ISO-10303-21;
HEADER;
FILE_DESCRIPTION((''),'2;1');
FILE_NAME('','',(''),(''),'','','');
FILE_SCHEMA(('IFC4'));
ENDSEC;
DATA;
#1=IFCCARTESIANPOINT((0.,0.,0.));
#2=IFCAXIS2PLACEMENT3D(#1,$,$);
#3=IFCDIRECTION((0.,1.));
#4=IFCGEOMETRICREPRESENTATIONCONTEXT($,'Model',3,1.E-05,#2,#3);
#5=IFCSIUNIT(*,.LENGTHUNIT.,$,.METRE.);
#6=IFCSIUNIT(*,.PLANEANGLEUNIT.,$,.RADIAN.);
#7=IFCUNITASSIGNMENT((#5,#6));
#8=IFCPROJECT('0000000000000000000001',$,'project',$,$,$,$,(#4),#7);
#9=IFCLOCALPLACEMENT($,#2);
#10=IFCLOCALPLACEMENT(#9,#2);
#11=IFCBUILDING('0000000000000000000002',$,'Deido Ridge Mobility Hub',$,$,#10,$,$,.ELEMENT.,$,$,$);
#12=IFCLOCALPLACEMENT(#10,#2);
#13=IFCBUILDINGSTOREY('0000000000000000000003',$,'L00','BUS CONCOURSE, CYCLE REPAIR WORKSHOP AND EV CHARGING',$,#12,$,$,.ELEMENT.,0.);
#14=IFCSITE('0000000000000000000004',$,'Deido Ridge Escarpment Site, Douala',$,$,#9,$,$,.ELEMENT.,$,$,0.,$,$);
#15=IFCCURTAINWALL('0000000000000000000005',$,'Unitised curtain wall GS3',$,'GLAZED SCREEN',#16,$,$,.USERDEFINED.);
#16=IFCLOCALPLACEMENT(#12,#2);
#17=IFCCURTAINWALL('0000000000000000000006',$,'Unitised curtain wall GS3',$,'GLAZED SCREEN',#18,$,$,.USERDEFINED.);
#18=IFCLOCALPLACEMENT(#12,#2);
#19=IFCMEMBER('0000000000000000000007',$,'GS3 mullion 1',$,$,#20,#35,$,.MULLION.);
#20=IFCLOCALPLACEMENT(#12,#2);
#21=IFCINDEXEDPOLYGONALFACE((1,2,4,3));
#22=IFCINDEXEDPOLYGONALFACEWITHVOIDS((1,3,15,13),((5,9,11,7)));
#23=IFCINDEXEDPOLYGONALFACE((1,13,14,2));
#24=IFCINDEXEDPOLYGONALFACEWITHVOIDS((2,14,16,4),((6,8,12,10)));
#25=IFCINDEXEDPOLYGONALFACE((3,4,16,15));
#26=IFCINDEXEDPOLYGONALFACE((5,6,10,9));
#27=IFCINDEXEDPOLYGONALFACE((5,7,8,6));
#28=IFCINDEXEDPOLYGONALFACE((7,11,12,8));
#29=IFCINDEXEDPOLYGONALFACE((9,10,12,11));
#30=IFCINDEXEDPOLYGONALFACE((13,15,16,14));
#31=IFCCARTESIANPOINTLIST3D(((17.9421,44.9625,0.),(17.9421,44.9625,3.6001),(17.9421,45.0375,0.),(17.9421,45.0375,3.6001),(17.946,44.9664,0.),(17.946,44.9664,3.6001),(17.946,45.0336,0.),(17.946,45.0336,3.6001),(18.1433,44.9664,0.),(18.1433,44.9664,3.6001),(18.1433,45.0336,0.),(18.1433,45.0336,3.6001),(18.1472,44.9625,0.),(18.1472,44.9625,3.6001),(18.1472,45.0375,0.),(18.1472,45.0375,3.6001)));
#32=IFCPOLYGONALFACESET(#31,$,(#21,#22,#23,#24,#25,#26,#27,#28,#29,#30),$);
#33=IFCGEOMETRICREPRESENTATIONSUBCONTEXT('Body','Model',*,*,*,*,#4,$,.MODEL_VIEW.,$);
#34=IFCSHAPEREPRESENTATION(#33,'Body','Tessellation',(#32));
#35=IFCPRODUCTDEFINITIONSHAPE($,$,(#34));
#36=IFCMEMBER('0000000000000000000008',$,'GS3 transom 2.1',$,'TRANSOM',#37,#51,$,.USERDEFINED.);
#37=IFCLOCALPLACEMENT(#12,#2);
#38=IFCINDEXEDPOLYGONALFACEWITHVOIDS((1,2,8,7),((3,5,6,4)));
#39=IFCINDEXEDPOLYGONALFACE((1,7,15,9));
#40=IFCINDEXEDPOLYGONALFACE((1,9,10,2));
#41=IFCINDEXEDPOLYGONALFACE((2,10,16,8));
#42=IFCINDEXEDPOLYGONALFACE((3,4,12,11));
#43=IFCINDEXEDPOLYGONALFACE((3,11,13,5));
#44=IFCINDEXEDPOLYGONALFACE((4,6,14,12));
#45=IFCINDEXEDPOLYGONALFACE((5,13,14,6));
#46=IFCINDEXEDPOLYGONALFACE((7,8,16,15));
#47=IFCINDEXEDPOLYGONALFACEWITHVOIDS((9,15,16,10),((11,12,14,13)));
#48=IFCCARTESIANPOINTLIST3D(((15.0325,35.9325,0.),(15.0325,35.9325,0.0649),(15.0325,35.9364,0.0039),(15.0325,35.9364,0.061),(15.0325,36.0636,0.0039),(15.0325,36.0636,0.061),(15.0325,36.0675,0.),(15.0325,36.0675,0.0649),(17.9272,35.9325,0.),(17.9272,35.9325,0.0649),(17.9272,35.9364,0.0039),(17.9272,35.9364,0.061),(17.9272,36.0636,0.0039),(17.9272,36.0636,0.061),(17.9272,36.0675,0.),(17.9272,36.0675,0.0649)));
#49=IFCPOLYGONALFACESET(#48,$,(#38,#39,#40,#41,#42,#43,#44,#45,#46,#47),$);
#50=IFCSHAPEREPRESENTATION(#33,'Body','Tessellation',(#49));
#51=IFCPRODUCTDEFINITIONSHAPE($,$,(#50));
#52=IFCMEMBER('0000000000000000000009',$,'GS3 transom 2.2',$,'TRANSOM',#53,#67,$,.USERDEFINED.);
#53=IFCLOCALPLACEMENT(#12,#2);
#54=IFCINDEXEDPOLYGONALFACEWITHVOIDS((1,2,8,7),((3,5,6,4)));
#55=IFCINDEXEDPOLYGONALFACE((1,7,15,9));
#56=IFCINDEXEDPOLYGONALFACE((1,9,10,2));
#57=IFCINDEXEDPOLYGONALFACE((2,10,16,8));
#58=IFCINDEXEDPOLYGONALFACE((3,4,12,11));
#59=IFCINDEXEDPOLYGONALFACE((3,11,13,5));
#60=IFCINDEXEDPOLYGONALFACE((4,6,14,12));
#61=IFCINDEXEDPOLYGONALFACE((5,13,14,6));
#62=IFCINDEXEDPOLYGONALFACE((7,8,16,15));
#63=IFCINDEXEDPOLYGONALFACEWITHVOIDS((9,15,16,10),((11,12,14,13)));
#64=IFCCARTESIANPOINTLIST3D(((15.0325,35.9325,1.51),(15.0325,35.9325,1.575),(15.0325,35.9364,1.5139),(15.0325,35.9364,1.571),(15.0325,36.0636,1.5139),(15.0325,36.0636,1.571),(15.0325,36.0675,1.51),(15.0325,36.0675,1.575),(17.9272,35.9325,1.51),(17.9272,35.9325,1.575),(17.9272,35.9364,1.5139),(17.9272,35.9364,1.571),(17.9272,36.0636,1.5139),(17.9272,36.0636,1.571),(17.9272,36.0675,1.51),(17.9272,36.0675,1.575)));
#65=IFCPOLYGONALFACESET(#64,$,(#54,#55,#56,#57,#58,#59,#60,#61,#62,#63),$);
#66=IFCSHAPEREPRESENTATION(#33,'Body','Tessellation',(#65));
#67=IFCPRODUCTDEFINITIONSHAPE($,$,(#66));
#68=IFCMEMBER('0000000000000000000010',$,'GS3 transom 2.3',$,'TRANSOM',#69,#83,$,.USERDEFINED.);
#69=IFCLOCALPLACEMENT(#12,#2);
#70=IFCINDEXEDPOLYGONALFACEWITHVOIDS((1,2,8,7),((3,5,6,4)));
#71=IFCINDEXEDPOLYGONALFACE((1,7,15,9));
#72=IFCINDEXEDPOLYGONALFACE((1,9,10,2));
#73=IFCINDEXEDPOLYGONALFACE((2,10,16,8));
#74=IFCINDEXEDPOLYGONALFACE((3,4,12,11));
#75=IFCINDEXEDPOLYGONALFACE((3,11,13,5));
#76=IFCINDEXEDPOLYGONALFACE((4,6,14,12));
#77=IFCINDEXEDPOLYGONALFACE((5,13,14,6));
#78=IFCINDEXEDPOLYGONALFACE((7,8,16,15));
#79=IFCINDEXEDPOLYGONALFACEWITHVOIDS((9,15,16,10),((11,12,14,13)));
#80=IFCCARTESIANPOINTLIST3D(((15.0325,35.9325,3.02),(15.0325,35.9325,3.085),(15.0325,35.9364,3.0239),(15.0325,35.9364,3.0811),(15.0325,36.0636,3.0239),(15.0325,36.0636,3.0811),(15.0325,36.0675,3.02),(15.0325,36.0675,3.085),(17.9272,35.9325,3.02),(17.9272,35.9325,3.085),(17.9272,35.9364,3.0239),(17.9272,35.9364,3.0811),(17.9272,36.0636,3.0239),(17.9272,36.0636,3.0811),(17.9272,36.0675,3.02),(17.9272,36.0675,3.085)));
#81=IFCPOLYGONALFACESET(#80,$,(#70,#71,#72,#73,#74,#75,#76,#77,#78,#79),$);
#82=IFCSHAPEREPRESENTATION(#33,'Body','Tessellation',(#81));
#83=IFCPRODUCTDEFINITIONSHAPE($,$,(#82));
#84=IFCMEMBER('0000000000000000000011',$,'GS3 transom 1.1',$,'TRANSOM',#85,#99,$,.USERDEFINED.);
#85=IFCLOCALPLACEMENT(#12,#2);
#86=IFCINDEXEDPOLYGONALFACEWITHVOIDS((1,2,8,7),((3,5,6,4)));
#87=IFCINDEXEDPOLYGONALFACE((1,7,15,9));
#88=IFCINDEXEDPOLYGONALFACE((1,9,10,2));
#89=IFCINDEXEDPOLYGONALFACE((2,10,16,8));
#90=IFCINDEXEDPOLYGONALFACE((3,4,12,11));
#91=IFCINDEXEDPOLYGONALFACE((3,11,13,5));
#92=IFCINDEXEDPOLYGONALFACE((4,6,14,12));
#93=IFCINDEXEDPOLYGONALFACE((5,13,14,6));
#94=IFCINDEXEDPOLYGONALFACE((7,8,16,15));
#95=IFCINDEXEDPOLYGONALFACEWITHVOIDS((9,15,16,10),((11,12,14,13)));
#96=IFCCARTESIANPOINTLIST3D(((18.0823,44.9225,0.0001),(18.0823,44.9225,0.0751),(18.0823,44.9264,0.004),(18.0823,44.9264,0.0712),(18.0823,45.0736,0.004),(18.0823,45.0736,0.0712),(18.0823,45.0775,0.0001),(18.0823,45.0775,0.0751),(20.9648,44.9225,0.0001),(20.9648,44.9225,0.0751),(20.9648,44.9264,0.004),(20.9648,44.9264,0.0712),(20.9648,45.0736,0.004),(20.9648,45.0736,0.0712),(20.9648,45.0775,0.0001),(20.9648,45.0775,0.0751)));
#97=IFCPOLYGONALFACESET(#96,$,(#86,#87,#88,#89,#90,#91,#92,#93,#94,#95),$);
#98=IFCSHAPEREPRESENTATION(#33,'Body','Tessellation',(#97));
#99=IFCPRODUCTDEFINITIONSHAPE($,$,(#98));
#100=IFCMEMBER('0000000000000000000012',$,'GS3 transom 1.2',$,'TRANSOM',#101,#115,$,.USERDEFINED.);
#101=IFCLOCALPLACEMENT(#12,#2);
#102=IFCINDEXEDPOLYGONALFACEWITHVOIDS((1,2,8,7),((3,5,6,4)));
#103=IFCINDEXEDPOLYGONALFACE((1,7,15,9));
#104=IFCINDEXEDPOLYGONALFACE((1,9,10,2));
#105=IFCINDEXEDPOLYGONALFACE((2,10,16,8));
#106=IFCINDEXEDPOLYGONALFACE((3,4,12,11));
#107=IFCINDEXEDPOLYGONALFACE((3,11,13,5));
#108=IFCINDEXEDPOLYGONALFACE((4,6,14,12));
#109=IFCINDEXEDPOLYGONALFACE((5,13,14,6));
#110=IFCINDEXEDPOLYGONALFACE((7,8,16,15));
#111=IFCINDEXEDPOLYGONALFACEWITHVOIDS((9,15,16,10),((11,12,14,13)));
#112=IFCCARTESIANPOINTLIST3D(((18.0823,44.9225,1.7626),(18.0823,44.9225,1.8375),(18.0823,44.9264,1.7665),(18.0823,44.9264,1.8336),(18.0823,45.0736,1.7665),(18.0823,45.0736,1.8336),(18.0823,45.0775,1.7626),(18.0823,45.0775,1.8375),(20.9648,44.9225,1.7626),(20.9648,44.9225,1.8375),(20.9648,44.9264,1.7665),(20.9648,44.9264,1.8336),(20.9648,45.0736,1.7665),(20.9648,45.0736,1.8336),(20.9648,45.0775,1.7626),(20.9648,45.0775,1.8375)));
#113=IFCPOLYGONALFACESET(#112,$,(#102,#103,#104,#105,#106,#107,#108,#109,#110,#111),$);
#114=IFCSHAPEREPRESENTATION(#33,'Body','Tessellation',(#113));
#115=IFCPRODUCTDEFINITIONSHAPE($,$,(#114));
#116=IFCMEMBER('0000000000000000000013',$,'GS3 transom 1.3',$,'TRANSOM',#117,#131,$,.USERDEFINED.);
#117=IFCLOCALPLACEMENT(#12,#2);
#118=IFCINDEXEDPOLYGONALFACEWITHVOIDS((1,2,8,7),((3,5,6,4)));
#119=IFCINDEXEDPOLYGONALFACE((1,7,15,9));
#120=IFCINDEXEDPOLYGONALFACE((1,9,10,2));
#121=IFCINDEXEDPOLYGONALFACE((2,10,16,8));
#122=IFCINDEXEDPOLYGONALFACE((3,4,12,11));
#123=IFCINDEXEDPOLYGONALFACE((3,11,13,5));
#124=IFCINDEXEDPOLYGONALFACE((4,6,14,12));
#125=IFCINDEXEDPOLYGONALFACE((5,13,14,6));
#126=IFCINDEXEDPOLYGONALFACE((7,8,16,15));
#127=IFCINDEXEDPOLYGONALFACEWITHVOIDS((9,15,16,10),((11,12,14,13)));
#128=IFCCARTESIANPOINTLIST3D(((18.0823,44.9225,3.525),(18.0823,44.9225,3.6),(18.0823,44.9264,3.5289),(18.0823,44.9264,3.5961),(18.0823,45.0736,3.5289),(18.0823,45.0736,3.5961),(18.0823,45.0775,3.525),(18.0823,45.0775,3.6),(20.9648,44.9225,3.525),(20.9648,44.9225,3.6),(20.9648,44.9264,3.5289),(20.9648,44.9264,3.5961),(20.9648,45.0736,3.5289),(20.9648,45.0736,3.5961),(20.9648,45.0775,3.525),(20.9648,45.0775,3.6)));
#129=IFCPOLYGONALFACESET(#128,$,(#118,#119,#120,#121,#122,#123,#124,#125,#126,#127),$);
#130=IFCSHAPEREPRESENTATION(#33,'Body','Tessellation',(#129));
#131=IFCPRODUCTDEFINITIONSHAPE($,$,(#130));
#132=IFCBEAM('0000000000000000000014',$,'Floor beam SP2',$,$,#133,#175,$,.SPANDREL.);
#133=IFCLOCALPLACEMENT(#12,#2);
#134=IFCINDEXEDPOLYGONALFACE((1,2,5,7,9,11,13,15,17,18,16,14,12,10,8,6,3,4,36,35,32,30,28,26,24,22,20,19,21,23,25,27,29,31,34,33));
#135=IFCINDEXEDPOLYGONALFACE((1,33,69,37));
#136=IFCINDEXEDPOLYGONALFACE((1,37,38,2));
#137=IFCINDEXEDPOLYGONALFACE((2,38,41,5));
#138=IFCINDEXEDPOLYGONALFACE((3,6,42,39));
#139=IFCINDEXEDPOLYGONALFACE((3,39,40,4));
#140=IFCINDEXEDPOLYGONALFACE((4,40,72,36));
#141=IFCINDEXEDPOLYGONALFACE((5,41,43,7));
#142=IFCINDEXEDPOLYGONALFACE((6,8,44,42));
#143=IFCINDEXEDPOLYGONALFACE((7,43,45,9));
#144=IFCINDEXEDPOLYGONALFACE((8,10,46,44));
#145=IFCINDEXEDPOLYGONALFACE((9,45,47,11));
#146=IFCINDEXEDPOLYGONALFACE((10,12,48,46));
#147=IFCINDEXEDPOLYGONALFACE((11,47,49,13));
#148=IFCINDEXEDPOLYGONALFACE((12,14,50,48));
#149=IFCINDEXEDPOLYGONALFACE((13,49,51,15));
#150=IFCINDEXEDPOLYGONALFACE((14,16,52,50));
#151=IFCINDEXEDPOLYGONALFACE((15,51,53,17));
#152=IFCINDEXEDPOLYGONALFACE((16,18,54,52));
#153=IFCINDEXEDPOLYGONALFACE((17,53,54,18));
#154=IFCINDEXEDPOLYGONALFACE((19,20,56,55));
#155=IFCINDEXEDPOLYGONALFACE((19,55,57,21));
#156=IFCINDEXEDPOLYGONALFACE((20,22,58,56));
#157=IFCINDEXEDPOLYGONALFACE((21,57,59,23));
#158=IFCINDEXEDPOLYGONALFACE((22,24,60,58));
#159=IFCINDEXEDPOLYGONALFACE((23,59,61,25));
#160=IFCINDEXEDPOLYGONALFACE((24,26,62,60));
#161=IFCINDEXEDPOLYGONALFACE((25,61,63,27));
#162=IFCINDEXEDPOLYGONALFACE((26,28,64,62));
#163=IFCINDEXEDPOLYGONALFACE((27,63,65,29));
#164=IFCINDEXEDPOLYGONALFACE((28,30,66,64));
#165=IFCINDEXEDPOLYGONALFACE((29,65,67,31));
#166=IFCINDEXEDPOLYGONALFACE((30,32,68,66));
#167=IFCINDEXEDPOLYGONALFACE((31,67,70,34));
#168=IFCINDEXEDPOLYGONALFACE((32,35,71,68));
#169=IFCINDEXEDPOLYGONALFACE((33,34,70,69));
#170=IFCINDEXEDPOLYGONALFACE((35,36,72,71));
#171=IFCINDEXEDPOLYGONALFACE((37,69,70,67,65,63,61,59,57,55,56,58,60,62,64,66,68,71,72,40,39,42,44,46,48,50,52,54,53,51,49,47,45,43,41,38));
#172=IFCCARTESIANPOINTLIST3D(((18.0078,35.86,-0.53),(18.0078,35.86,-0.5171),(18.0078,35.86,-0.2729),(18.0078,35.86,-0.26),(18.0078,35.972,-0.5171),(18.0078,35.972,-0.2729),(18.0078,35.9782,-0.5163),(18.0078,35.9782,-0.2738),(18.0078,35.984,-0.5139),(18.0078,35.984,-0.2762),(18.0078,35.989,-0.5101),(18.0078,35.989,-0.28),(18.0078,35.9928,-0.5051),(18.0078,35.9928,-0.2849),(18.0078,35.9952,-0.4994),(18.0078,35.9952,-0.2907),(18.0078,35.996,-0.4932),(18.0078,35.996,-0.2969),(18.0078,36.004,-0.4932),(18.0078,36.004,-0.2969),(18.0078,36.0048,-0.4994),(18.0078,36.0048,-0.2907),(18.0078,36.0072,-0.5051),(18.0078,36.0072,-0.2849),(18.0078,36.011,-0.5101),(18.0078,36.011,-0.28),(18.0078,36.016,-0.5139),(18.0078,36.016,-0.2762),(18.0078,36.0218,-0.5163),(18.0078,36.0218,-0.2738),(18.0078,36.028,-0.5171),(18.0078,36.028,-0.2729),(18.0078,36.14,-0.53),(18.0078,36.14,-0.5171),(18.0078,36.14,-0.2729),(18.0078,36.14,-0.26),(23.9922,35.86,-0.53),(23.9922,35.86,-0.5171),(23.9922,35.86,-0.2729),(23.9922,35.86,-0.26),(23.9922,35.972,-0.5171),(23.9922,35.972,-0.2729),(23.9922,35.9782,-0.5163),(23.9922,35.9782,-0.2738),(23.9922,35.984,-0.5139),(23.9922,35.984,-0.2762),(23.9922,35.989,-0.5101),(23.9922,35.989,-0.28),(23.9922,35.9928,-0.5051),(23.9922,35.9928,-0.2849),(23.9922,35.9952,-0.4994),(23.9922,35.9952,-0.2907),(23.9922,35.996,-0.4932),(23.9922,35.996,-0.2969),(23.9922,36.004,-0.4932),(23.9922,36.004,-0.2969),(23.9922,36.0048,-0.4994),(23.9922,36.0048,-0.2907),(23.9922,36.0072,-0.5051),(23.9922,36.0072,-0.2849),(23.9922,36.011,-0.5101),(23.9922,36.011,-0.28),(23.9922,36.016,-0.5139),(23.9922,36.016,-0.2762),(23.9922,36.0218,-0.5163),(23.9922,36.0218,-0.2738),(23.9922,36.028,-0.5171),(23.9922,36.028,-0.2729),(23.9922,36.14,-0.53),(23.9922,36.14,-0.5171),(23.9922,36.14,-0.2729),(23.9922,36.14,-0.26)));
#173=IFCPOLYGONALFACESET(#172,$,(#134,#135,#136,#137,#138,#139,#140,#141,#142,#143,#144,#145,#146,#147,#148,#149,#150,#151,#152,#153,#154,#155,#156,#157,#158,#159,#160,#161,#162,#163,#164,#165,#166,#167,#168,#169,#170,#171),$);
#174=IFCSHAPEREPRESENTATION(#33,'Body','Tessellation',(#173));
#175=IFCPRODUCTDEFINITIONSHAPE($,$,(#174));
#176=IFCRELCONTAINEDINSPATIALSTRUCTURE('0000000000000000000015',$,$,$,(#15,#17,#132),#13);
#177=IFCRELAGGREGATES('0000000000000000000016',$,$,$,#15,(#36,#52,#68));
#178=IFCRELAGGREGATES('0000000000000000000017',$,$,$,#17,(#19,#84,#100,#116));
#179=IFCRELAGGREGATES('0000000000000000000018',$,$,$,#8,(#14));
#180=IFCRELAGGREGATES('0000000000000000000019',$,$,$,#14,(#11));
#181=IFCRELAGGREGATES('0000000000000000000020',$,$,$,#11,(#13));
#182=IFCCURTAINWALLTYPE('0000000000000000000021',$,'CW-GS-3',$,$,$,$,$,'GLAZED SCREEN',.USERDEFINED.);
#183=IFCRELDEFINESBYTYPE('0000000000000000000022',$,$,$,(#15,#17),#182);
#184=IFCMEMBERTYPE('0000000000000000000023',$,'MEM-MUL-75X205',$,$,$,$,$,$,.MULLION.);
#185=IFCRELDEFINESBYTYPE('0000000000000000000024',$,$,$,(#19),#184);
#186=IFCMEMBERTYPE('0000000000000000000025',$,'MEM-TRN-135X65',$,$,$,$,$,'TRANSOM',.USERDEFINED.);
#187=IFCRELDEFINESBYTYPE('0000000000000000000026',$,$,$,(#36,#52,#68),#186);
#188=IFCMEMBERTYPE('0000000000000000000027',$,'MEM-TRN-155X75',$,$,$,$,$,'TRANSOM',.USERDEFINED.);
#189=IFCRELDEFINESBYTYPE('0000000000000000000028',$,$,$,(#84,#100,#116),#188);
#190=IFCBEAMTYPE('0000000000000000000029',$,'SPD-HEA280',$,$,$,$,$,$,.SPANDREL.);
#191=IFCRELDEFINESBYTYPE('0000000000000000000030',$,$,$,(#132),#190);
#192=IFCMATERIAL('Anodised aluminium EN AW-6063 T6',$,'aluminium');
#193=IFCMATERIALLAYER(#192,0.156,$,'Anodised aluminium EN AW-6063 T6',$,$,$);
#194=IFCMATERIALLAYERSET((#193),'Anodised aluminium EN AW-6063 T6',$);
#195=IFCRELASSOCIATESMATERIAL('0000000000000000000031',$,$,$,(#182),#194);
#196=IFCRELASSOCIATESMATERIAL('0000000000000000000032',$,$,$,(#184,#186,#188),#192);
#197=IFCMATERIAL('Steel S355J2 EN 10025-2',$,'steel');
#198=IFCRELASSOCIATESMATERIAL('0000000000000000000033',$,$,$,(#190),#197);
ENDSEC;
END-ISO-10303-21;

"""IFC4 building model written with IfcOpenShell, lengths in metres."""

from ifc_helpers import new_model, si_unit, direction, frame, origin, origin_2d, place, context, subcontext, project, spatial, hollow_rectangle, i_section, extrude, material, layer, layer_set, material_profile, profile_set, type_object, element, aggregate, save


model = new_model("IFC4")

# Units and contexts
model_context = context("Model", 3, precision=1e-05, world=origin(), true_north=direction((0.0, 1.0)))
body_context = subcontext(model_context, "Body", "Model", "MODEL_VIEW")
ifc_project = project(units=[si_unit("LENGTHUNIT", "METRE"), si_unit("PLANEANGLEUNIT", "RADIAN")], contexts=[model_context])

# Site, building, storey
site_placement = place(None, origin())
site = spatial("IfcSite", under=ifc_project, at=site_placement, Name="Deido Ridge Escarpment Site, Douala", CompositionType="ELEMENT", RefElevation=0.0)
building_placement = place(site_placement, origin())
building = spatial("IfcBuilding", under=site, at=building_placement, Name="Deido Ridge Mobility Hub", CompositionType="ELEMENT")
storey_placement = place(building_placement, origin())
storey = spatial("IfcBuildingStorey", under=building, at=storey_placement, Name="L00", Description="BUS CONCOURSE, CYCLE REPAIR WORKSHOP AND EV CHARGING", CompositionType="ELEMENT", Elevation=0.0)

# Shared definitions
ifc_material_1 = material(Name="Steel S355J2 EN 10025-2", Category="steel")

# Curtain wall
ifc_material_2 = material(Name="Anodised aluminium EN AW-6063 T6", Category="aluminium")
ifc_layer_1 = layer(ifc_material_2, 0.156, Name="Anodised aluminium EN AW-6063 T6")
ifc_layer_set_1 = layer_set([ifc_layer_1], Name="Anodised aluminium EN AW-6063 T6")
curtain_wall_type = type_object("IfcCurtainWallType", Name="CW-GS-3", ElementType="GLAZED SCREEN", PredefinedType="USERDEFINED", material=ifc_layer_set_1)
curtain_wall_1_placement = place(storey_placement, origin())
curtain_wall_1 = element("IfcCurtainWall", 1, at=curtain_wall_1_placement, inside=storey, type_object=curtain_wall_type, Name="Unitised curtain wall GS3", ObjectType="GLAZED SCREEN", PredefinedType="USERDEFINED")

# Curtain wall, member
curtain_wall_2_placement = place(storey_placement, origin())
curtain_wall_2 = element("IfcCurtainWall", 2, at=curtain_wall_2_placement, inside=storey, type_object=curtain_wall_type, Name="Unitised curtain wall GS3", ObjectType="GLAZED SCREEN", PredefinedType="USERDEFINED")
ifc_material_profile_1 = material_profile(ifc_material_2, hollow_rectangle(XDim=0.075, YDim=0.2051, WallThickness=0.0039, at=origin_2d()), Name="RHS 75x205x4")
ifc_profile_set_1 = profile_set([ifc_material_profile_1], Name="Anodised aluminium EN AW-6063 T6")
member_type_1 = type_object("IfcMemberType", Name="MEM-MUL-75X205", PredefinedType="MULLION", material=ifc_profile_set_1)
member_1_placement = place(storey_placement, frame((18.0447, 45.0, 0.0), z_axis=(0.0, 0.0, 1.0), x_axis=(0.0, 1.0, 0.0)))
member_1 = element("IfcMember", 3, at=member_1_placement, type_object=member_type_1, Name="GS3 mullion 1", PredefinedType="MULLION", context=body_context, shape_type="SweptSolid", body=[
    extrude(hollow_rectangle(XDim=0.075, YDim=0.2051, WallThickness=0.0039, at=origin_2d()), origin(), (0.0, 0.0, 1.0), 3.6001),
])

# Members
ifc_material_profile_2 = material_profile(ifc_material_2, hollow_rectangle(XDim=0.135, YDim=0.0649, WallThickness=0.0039, at=origin_2d()), Name="RHS 135x65x4")
ifc_profile_set_2 = profile_set([ifc_material_profile_2], Name="Anodised aluminium EN AW-6063 T6")
member_type_2 = type_object("IfcMemberType", Name="MEM-TRN-135X65", ElementType="TRANSOM", PredefinedType="USERDEFINED", material=ifc_profile_set_2)
member_2_placement = place(storey_placement, frame((15.0325, 36.0, 0.0325), z_axis=(1.0, 0.0, 0.0), x_axis=(0.0, 1.0, 0.0)))
member_2 = element("IfcMember", 4, at=member_2_placement, type_object=member_type_2, Name="GS3 transom 2.1", ObjectType="TRANSOM", PredefinedType="USERDEFINED", context=body_context, shape_type="SweptSolid", body=[
    extrude(hollow_rectangle(XDim=0.135, YDim=0.0649, WallThickness=0.0039, at=origin_2d()), origin(), (0.0, 0.0, 1.0), 2.8948),
])
member_3_placement = place(storey_placement, frame((15.0325, 36.0, 1.5425), z_axis=(1.0, 0.0, 0.0), x_axis=(0.0, 1.0, 0.0)))
member_3 = element("IfcMember", 5, at=member_3_placement, type_object=member_type_2, Name="GS3 transom 2.2", ObjectType="TRANSOM", PredefinedType="USERDEFINED", context=body_context, shape_type="SweptSolid", body=[
    extrude(hollow_rectangle(XDim=0.135, YDim=0.0649, WallThickness=0.0039, at=origin_2d()), origin(), (0.0, 0.0, 1.0), 2.8948),
])
member_4_placement = place(storey_placement, frame((15.0325, 36.0, 3.0525), z_axis=(1.0, 0.0, 0.0), x_axis=(0.0, 1.0, 0.0)))
member_4 = element("IfcMember", 6, at=member_4_placement, type_object=member_type_2, Name="GS3 transom 2.3", ObjectType="TRANSOM", PredefinedType="USERDEFINED", context=body_context, shape_type="SweptSolid", body=[
    extrude(hollow_rectangle(XDim=0.135, YDim=0.0649, WallThickness=0.0039, at=origin_2d()), origin(), (0.0, 0.0, 1.0), 2.8948),
])
ifc_material_profile_3 = material_profile(ifc_material_2, hollow_rectangle(XDim=0.155, YDim=0.075, WallThickness=0.0039, at=origin_2d()), Name="RHS 155x75x4")
ifc_profile_set_3 = profile_set([ifc_material_profile_3], Name="Anodised aluminium EN AW-6063 T6")
member_type_3 = type_object("IfcMemberType", Name="MEM-TRN-155X75", ElementType="TRANSOM", PredefinedType="USERDEFINED", material=ifc_profile_set_3)
member_5_placement = place(storey_placement, frame((18.0823, 45.0, 0.0376), z_axis=(1.0, 0.0, 0.0), x_axis=(0.0, 1.0, 0.0)))
member_5 = element("IfcMember", 7, at=member_5_placement, type_object=member_type_3, Name="GS3 transom 1.1", ObjectType="TRANSOM", PredefinedType="USERDEFINED", context=body_context, shape_type="SweptSolid", body=[
    extrude(hollow_rectangle(XDim=0.155, YDim=0.075, WallThickness=0.0039, at=origin_2d()), origin(), (0.0, 0.0, 1.0), 2.8826),
])
member_6_placement = place(storey_placement, frame((18.0823, 45.0, 1.8), z_axis=(1.0, 0.0, 0.0), x_axis=(0.0, 1.0, 0.0)))
member_6 = element("IfcMember", 8, at=member_6_placement, type_object=member_type_3, Name="GS3 transom 1.2", ObjectType="TRANSOM", PredefinedType="USERDEFINED", context=body_context, shape_type="SweptSolid", body=[
    extrude(hollow_rectangle(XDim=0.155, YDim=0.075, WallThickness=0.0039, at=origin_2d()), origin(), (0.0, 0.0, 1.0), 2.8826),
])
member_7_placement = place(storey_placement, frame((18.0823, 45.0, 3.5625), z_axis=(1.0, 0.0, 0.0), x_axis=(0.0, 1.0, 0.0)))
member_7 = element("IfcMember", 9, at=member_7_placement, type_object=member_type_3, Name="GS3 transom 1.3", ObjectType="TRANSOM", PredefinedType="USERDEFINED", context=body_context, shape_type="SweptSolid", body=[
    extrude(hollow_rectangle(XDim=0.155, YDim=0.075, WallThickness=0.0039, at=origin_2d()), origin(), (0.0, 0.0, 1.0), 2.8826),
])

# Beam
ifc_material_profile_4 = material_profile(ifc_material_1, i_section(OverallWidth=0.28, OverallDepth=0.27, WebThickness=0.0081, FlangeThickness=0.0129, FilletRadius=0.0239, at=origin_2d()), Name="HEA 280")
ifc_profile_set_4 = profile_set([ifc_material_profile_4], Name="Steel S355J2 EN 10025-2")
beam_type_1 = type_object("IfcBeamType", Name="SPD-HEA280", PredefinedType="SPANDREL", material=ifc_profile_set_4)
beam_1_placement = place(storey_placement, frame((18.0078, 36.0, -0.395), z_axis=(1.0, 0.0, 0.0), x_axis=(0.0, 1.0, 0.0)))
element("IfcBeam", 10, at=beam_1_placement, inside=storey, type_object=beam_type_1, Name="Floor beam SP2", PredefinedType="SPANDREL", context=body_context, shape_type="SweptSolid", body=[
    extrude(i_section(OverallWidth=0.28, OverallDepth=0.27, WebThickness=0.0081, FlangeThickness=0.0129, FilletRadius=0.0239, at=origin_2d()), origin(), (0.0, 0.0, 1.0), 5.9844),
])

aggregate(curtain_wall_1, [member_2, member_3, member_4])
aggregate(curtain_wall_2, [member_1, member_5, member_6, member_7])

save(model, "model.ifc")
